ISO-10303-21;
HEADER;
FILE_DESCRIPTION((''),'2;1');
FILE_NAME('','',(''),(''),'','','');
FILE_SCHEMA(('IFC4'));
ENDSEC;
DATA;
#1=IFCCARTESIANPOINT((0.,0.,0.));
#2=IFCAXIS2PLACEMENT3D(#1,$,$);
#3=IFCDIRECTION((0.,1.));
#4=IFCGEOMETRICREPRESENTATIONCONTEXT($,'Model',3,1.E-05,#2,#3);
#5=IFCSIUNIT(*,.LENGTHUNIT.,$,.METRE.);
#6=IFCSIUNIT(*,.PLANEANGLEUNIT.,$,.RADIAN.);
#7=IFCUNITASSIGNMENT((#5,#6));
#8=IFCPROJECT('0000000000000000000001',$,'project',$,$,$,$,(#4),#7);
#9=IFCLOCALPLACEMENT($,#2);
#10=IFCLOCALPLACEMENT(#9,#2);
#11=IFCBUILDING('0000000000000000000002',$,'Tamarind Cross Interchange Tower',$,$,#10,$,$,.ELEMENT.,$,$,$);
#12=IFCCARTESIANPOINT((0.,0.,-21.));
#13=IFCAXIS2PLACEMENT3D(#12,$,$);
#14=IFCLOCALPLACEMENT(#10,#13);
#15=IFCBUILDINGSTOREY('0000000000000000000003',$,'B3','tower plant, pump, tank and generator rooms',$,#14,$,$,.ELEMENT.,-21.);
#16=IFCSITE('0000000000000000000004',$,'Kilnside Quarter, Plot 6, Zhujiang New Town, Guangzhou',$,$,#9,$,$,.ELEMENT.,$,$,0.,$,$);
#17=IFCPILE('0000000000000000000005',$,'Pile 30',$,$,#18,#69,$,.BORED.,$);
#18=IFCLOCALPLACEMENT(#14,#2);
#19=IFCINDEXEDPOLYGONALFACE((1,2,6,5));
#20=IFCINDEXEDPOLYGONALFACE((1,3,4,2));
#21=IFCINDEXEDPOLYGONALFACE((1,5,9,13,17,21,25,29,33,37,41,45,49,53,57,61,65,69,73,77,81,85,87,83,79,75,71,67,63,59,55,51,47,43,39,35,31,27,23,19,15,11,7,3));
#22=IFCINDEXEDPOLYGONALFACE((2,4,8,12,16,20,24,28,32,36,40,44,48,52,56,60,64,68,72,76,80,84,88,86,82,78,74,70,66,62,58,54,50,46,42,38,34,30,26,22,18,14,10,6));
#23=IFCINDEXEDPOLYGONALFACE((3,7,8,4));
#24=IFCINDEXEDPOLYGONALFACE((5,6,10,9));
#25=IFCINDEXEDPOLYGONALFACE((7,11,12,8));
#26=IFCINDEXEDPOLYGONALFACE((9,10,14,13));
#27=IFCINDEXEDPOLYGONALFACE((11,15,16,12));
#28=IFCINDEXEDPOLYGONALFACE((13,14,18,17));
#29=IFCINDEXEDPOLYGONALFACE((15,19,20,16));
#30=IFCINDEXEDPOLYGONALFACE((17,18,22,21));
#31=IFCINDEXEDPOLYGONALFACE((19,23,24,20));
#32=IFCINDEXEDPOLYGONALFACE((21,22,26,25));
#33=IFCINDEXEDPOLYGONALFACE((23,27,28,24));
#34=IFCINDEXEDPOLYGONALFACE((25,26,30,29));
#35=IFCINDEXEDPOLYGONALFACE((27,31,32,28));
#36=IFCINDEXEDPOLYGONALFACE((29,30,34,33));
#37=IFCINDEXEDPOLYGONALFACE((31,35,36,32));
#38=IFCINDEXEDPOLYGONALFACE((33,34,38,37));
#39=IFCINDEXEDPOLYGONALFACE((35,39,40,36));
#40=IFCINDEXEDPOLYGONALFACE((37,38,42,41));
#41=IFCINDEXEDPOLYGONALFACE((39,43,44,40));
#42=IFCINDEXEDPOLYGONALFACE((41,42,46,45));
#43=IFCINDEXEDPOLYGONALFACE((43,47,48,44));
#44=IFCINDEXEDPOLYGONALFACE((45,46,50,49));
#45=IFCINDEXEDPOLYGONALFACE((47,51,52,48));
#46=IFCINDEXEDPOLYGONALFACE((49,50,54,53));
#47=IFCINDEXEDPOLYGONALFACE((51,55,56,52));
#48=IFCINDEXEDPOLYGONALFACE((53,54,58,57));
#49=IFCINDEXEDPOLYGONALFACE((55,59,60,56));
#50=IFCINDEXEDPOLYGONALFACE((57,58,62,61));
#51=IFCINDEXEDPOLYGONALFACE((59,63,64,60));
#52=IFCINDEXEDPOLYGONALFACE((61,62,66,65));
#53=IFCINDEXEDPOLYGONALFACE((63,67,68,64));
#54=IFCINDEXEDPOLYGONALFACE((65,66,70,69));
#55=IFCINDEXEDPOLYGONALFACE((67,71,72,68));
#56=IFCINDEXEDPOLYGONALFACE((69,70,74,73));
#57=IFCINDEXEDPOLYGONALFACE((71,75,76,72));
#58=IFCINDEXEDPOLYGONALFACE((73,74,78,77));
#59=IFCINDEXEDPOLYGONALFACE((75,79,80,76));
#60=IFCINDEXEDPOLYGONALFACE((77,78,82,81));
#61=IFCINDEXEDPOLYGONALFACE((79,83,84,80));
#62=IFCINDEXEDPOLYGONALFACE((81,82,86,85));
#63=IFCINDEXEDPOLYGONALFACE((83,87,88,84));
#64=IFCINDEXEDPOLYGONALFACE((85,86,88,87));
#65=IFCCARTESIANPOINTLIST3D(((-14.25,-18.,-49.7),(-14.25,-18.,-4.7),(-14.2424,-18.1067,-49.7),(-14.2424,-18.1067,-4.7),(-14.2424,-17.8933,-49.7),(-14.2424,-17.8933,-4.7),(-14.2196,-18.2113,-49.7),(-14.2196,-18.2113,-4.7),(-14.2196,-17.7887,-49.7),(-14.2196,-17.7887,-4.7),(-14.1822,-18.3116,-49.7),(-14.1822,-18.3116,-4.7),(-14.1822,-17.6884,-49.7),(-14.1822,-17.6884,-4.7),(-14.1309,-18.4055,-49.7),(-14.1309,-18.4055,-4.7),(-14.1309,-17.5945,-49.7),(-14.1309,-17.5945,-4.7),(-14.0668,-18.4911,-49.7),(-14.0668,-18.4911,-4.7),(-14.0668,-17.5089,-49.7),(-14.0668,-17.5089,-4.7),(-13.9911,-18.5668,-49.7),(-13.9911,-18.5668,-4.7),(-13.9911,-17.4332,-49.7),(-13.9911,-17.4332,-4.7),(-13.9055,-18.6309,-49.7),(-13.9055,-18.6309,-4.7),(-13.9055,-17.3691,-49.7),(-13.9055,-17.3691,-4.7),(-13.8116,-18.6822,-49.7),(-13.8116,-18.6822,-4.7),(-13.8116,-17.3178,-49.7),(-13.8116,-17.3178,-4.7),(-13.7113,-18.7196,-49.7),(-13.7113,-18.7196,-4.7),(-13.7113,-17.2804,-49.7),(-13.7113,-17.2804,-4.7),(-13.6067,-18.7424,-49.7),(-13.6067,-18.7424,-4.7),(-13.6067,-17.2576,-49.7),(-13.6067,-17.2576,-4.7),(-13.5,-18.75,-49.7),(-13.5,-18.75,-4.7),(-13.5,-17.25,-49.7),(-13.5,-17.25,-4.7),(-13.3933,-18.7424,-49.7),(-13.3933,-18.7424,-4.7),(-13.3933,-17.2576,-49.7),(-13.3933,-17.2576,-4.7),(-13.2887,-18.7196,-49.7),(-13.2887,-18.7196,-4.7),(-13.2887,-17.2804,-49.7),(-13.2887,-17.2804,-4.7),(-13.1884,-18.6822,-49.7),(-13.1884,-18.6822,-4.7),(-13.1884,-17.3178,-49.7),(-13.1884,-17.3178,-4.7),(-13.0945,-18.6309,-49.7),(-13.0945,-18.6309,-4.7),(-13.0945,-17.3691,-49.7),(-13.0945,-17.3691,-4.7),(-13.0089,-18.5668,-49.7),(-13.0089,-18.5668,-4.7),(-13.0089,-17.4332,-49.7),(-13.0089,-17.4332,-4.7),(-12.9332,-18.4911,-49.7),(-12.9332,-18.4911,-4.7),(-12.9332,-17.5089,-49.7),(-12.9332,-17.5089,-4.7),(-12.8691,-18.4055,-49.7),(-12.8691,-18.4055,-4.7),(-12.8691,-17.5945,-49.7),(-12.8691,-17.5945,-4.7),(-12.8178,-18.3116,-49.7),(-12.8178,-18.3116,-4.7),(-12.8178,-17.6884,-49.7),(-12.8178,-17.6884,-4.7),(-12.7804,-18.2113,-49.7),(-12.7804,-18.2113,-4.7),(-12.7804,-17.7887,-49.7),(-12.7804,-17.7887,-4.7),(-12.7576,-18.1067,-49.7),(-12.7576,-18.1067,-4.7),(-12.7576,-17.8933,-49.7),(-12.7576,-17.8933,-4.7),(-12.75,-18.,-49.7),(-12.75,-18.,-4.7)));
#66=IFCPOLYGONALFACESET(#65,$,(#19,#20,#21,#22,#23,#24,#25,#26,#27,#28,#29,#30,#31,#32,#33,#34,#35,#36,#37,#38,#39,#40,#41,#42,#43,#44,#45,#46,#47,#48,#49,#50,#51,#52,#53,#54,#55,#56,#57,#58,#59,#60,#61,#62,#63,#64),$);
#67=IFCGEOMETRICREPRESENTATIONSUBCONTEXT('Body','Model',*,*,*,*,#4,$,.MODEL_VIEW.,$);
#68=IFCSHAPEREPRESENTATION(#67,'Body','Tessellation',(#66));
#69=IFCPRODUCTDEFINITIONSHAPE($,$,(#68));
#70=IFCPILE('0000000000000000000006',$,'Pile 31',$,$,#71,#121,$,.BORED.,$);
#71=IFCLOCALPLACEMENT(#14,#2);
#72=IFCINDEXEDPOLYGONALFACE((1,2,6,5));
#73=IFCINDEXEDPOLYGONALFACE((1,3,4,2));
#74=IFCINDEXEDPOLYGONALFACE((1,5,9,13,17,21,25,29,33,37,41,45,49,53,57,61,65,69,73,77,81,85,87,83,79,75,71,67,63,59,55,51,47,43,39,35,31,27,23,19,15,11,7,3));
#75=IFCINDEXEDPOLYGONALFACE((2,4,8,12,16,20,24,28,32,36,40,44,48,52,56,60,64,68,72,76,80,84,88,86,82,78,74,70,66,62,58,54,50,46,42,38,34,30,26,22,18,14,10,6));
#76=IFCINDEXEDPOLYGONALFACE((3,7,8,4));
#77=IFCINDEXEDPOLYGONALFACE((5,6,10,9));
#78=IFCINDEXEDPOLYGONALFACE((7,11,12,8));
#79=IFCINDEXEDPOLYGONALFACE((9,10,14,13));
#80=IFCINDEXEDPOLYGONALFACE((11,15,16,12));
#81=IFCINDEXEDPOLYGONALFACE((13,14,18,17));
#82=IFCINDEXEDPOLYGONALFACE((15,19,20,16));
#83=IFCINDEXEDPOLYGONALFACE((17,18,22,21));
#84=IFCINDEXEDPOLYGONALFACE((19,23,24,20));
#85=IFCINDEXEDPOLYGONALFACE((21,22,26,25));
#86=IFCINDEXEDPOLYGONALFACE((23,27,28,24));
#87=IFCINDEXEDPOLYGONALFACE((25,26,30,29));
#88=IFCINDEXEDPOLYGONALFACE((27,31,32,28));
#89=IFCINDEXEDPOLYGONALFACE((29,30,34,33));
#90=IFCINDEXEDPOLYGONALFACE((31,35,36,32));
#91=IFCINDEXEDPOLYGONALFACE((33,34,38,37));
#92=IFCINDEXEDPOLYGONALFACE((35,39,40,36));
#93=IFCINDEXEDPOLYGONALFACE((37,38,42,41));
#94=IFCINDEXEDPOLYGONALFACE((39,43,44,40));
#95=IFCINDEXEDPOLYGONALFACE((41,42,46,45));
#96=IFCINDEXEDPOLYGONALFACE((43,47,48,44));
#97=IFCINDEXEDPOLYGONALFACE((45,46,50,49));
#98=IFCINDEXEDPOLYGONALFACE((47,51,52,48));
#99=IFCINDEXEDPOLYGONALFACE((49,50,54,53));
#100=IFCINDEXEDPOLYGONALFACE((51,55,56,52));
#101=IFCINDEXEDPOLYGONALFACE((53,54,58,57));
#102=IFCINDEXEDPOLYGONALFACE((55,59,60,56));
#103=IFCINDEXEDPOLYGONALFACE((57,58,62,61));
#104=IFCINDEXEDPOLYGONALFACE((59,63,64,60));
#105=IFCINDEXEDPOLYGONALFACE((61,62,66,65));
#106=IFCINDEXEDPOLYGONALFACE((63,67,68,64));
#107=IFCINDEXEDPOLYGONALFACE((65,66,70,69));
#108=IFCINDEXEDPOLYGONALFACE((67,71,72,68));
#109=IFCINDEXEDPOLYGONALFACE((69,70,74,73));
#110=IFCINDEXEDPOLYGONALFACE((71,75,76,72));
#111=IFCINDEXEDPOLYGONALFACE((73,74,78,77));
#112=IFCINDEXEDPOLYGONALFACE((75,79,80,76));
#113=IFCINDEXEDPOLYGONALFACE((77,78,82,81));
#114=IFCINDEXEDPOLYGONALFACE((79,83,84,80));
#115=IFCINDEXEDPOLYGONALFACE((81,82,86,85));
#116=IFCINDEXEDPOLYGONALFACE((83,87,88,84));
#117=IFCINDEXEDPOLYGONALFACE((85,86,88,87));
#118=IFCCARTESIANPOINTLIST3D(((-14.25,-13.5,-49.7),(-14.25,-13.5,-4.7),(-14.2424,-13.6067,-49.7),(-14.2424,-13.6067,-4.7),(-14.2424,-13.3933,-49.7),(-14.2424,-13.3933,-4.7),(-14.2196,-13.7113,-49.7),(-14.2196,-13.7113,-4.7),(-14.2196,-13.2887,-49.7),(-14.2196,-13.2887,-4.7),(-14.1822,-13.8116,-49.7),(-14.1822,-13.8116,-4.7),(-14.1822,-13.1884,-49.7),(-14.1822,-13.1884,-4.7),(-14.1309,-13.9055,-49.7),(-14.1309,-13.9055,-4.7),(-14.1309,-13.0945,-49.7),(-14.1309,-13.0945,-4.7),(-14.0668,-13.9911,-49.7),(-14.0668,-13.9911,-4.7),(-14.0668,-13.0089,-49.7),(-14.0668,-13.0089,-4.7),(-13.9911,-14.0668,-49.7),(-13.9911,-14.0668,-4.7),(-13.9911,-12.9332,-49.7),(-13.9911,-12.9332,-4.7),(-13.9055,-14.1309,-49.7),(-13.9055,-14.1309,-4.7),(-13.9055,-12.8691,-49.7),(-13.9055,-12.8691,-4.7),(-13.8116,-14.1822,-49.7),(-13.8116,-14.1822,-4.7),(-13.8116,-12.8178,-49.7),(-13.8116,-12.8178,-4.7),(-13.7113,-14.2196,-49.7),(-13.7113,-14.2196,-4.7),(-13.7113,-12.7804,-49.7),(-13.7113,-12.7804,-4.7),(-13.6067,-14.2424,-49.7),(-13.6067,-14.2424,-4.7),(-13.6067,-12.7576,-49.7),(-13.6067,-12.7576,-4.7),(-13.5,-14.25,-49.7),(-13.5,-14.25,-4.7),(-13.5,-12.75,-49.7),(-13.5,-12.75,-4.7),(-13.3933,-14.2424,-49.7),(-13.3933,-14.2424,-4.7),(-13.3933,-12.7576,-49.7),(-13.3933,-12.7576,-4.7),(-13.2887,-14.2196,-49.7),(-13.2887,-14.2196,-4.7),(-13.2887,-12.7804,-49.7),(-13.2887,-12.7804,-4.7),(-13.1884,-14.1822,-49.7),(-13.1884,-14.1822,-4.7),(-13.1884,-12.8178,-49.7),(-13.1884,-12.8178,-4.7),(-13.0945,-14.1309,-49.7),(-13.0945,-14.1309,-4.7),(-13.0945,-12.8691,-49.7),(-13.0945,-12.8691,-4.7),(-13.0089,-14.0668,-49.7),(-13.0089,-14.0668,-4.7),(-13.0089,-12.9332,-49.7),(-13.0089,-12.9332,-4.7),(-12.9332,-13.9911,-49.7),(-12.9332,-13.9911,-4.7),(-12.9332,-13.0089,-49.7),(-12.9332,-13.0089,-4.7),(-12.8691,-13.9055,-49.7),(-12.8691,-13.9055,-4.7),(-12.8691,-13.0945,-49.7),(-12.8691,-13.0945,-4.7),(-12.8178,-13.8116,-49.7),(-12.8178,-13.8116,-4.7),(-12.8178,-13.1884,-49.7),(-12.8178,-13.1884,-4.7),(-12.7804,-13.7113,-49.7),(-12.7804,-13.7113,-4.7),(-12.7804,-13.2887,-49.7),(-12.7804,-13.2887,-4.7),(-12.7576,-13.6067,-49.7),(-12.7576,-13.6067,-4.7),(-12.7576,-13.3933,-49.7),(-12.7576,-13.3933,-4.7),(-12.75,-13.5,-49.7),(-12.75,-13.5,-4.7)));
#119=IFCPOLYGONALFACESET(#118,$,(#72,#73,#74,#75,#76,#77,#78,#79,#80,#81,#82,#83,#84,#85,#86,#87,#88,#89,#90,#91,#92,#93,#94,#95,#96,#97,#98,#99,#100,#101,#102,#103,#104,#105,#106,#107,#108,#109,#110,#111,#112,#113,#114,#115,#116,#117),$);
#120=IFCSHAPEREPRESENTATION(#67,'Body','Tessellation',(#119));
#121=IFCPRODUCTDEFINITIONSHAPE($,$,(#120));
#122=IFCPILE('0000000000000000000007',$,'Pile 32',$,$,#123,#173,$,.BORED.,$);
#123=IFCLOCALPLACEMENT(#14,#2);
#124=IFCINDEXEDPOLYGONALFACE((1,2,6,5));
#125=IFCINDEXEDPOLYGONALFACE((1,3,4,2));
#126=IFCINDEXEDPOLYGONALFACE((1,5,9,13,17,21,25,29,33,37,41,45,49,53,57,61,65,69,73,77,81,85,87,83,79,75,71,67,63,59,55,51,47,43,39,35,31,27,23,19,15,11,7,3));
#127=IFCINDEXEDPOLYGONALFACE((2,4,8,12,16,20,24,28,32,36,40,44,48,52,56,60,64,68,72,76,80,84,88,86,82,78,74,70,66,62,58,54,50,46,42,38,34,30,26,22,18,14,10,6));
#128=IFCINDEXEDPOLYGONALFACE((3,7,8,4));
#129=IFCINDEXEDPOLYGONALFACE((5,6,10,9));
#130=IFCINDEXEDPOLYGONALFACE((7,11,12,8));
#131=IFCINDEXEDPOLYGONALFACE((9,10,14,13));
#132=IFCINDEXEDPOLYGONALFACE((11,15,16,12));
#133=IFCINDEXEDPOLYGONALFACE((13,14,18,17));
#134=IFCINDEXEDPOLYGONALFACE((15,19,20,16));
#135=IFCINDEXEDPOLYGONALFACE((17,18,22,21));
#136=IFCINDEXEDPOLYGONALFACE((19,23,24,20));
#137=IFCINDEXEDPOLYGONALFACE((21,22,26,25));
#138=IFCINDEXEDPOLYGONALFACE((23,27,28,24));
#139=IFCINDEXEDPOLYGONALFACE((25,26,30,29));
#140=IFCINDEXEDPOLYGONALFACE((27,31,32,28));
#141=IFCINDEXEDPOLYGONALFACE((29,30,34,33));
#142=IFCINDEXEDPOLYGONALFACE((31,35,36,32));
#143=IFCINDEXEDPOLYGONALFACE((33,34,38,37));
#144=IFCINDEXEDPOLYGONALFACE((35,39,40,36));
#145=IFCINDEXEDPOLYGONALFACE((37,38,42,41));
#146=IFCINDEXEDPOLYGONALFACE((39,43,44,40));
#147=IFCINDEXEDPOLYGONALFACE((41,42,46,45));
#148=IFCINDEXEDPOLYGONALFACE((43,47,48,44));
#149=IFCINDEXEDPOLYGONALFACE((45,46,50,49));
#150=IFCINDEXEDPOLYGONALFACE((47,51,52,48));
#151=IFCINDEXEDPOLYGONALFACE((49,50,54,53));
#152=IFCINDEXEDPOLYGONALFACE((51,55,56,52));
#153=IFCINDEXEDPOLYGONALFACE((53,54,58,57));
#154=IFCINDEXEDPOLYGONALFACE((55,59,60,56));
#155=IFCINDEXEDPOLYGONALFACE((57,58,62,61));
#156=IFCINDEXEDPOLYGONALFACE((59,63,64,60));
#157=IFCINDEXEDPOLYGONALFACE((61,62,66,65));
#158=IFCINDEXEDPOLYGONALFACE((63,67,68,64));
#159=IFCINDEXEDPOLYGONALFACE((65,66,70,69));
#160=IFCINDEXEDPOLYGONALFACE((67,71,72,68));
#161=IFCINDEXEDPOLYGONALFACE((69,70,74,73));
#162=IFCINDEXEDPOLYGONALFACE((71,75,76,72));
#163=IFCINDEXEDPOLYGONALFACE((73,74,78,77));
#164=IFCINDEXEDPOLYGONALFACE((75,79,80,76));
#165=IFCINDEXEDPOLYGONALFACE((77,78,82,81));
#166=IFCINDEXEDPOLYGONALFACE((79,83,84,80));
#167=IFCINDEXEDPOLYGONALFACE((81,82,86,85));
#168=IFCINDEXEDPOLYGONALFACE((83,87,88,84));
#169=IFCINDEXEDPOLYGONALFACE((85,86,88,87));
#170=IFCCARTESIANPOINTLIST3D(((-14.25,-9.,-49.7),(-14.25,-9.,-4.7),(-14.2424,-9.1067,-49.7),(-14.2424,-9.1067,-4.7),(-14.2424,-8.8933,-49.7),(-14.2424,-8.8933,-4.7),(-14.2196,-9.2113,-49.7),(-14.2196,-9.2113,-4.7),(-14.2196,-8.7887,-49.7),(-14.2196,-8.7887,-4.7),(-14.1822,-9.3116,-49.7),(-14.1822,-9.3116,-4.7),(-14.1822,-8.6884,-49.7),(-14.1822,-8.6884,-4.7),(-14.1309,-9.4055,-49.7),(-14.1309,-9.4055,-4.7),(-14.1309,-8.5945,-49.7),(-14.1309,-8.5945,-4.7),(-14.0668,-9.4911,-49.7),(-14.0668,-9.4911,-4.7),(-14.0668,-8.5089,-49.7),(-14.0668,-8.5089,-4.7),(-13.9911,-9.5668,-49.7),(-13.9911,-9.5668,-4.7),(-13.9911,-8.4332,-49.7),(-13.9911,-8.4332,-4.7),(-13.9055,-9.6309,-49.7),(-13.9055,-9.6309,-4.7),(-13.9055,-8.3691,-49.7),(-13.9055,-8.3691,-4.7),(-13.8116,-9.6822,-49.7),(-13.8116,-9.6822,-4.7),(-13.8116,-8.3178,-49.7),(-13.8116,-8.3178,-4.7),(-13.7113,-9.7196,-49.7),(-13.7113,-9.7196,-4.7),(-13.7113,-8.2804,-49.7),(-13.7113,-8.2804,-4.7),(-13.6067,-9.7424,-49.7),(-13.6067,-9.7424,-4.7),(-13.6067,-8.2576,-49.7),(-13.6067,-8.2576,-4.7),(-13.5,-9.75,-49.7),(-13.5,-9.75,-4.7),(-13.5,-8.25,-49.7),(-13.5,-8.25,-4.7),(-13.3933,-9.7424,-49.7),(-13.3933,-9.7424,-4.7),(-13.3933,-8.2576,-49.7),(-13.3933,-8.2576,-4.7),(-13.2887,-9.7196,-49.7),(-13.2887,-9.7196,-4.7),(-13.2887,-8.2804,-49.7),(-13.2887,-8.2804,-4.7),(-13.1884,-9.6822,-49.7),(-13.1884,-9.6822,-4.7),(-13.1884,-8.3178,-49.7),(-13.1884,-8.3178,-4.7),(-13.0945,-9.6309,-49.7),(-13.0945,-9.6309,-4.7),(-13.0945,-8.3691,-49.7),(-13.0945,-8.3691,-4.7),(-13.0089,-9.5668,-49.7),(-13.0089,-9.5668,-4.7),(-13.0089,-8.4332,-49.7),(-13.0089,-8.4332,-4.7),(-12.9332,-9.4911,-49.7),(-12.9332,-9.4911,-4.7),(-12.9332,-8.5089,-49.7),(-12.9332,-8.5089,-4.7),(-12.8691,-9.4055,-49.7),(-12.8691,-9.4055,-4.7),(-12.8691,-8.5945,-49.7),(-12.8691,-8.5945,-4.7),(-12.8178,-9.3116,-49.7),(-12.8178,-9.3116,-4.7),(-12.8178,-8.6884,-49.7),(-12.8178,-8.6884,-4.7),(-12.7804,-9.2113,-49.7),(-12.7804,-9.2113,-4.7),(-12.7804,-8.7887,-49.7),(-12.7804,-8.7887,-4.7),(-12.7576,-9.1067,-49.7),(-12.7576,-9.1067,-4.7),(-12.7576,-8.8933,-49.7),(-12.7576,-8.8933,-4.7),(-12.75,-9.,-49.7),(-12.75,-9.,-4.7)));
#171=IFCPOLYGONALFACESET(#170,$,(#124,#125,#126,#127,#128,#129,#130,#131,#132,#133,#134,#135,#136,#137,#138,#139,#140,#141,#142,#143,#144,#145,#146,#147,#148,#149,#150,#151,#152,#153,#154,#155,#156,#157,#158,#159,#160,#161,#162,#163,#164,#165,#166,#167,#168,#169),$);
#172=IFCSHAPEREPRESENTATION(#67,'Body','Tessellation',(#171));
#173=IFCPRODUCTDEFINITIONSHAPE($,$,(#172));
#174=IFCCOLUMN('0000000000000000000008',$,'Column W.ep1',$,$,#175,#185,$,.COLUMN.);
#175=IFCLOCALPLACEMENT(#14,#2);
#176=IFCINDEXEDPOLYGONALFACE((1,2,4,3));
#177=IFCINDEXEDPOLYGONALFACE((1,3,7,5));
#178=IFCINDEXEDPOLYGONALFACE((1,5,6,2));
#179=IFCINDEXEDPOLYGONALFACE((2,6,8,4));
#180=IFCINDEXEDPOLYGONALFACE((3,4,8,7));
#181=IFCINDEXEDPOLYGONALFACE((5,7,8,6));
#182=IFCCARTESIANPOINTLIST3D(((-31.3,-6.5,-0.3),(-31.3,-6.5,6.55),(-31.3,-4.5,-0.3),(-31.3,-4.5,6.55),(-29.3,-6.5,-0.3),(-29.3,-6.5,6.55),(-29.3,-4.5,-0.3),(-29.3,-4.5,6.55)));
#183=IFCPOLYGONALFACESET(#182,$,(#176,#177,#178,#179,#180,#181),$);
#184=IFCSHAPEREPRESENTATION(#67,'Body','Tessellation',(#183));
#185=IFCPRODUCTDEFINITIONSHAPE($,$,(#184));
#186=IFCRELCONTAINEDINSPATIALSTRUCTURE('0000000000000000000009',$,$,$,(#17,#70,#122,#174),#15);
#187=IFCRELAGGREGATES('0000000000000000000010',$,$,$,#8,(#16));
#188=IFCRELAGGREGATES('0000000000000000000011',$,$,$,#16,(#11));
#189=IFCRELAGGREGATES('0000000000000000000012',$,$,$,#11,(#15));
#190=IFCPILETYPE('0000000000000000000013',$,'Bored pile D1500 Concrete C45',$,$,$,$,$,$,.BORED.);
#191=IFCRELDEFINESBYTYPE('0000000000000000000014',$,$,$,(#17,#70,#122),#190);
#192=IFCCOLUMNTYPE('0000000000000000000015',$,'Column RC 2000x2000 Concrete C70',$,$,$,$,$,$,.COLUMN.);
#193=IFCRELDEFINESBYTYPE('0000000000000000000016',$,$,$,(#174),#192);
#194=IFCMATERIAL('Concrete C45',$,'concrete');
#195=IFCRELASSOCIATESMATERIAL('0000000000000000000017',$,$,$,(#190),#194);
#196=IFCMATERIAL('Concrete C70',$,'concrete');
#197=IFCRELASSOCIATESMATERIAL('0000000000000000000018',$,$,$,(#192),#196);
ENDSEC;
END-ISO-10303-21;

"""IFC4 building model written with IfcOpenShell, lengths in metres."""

from ifc_helpers import new_model, si_unit, direction, frame, origin, origin_2d, place, context, subcontext, project, spatial, rectangle, circle, extrude, material, material_profile, profile_set, type_object, element, save


model = new_model("IFC4")

# Units and contexts
model_context = context("Model", 3, precision=1e-05, world=origin(), true_north=direction((0.0, 1.0)))
body_context = subcontext(model_context, "Body", "Model", "MODEL_VIEW")
ifc_project = project(units=[si_unit("LENGTHUNIT", "METRE"), si_unit("PLANEANGLEUNIT", "RADIAN")], contexts=[model_context])

# Site, building, storey
site_placement = place(None, origin())
site = spatial("IfcSite", under=ifc_project, at=site_placement, Name="Kilnside Quarter, Plot 6, Zhujiang New Town, Guangzhou", CompositionType="ELEMENT", RefElevation=0.0)
building_placement = place(site_placement, origin())
building = spatial("IfcBuilding", under=site, at=building_placement, Name="Tamarind Cross Interchange Tower", CompositionType="ELEMENT")
storey_placement = place(building_placement, frame((0.0, 0.0, -21.0)))
storey = spatial("IfcBuildingStorey", under=building, at=storey_placement, Name="B3", Description="tower plant, pump, tank and generator rooms", CompositionType="ELEMENT", Elevation=-21.0)

# Piles
ifc_material_1 = material(Name="Concrete C45", Category="concrete")
ifc_material_profile_1 = material_profile(ifc_material_1, circle(Radius=0.75, at=origin_2d()), Name="RC D1500")
ifc_profile_set_1 = profile_set([ifc_material_profile_1], Name="Concrete C45")
pile_type = type_object("IfcPileType", Name="Bored pile D1500 Concrete C45", PredefinedType="BORED", material=ifc_profile_set_1)
for number, where, z_axis, x_axis, name in (
    (1, (-13.5, -18.0, -4.7), (0.0, 0.0, -1.0), (1.0, 0.0, 0.0), "Pile 30"),
    (2, (-13.5, -13.5, -4.7), (0.0, 0.0, -1.0), (1.0, 0.0, 0.0), "Pile 31"),
    (3, (-13.5, -9.0, -4.7), (0.0, 0.0, -1.0), (1.0, 0.0, 0.0), "Pile 32"),
):
    element("IfcPile", number, at=place(storey_placement, frame(where, z_axis=z_axis, x_axis=x_axis)), inside=storey, type_object=pile_type, Name=name, PredefinedType="BORED", context=body_context, shape_type="SweptSolid", body=[
        extrude(circle(Radius=0.75, at=origin_2d()), origin(), (0.0, 0.0, 1.0), 45.0),
    ])

# Column
ifc_material_2 = material(Name="Concrete C70", Category="concrete")
ifc_material_profile_2 = material_profile(ifc_material_2, rectangle(XDim=2.0, YDim=2.0, at=origin_2d()), Name="RC 2000x2000")
ifc_profile_set_2 = profile_set([ifc_material_profile_2], Name="Concrete C70")
column_type_1 = type_object("IfcColumnType", Name="Column RC 2000x2000 Concrete C70", PredefinedType="COLUMN", material=ifc_profile_set_2)
column_1_placement = place(storey_placement, frame((-30.3, -5.5, -0.3), z_axis=(0.0, 0.0, 1.0), x_axis=(1.0, 0.0, 0.0)))
element("IfcColumn", 4, at=column_1_placement, inside=storey, type_object=column_type_1, Name="Column W.ep1", PredefinedType="COLUMN", context=body_context, shape_type="SweptSolid", body=[
    extrude(rectangle(XDim=2.0, YDim=2.0, at=origin_2d()), origin(), (0.0, 0.0, 1.0), 6.8501),
])

save(model, "model.ifc")
